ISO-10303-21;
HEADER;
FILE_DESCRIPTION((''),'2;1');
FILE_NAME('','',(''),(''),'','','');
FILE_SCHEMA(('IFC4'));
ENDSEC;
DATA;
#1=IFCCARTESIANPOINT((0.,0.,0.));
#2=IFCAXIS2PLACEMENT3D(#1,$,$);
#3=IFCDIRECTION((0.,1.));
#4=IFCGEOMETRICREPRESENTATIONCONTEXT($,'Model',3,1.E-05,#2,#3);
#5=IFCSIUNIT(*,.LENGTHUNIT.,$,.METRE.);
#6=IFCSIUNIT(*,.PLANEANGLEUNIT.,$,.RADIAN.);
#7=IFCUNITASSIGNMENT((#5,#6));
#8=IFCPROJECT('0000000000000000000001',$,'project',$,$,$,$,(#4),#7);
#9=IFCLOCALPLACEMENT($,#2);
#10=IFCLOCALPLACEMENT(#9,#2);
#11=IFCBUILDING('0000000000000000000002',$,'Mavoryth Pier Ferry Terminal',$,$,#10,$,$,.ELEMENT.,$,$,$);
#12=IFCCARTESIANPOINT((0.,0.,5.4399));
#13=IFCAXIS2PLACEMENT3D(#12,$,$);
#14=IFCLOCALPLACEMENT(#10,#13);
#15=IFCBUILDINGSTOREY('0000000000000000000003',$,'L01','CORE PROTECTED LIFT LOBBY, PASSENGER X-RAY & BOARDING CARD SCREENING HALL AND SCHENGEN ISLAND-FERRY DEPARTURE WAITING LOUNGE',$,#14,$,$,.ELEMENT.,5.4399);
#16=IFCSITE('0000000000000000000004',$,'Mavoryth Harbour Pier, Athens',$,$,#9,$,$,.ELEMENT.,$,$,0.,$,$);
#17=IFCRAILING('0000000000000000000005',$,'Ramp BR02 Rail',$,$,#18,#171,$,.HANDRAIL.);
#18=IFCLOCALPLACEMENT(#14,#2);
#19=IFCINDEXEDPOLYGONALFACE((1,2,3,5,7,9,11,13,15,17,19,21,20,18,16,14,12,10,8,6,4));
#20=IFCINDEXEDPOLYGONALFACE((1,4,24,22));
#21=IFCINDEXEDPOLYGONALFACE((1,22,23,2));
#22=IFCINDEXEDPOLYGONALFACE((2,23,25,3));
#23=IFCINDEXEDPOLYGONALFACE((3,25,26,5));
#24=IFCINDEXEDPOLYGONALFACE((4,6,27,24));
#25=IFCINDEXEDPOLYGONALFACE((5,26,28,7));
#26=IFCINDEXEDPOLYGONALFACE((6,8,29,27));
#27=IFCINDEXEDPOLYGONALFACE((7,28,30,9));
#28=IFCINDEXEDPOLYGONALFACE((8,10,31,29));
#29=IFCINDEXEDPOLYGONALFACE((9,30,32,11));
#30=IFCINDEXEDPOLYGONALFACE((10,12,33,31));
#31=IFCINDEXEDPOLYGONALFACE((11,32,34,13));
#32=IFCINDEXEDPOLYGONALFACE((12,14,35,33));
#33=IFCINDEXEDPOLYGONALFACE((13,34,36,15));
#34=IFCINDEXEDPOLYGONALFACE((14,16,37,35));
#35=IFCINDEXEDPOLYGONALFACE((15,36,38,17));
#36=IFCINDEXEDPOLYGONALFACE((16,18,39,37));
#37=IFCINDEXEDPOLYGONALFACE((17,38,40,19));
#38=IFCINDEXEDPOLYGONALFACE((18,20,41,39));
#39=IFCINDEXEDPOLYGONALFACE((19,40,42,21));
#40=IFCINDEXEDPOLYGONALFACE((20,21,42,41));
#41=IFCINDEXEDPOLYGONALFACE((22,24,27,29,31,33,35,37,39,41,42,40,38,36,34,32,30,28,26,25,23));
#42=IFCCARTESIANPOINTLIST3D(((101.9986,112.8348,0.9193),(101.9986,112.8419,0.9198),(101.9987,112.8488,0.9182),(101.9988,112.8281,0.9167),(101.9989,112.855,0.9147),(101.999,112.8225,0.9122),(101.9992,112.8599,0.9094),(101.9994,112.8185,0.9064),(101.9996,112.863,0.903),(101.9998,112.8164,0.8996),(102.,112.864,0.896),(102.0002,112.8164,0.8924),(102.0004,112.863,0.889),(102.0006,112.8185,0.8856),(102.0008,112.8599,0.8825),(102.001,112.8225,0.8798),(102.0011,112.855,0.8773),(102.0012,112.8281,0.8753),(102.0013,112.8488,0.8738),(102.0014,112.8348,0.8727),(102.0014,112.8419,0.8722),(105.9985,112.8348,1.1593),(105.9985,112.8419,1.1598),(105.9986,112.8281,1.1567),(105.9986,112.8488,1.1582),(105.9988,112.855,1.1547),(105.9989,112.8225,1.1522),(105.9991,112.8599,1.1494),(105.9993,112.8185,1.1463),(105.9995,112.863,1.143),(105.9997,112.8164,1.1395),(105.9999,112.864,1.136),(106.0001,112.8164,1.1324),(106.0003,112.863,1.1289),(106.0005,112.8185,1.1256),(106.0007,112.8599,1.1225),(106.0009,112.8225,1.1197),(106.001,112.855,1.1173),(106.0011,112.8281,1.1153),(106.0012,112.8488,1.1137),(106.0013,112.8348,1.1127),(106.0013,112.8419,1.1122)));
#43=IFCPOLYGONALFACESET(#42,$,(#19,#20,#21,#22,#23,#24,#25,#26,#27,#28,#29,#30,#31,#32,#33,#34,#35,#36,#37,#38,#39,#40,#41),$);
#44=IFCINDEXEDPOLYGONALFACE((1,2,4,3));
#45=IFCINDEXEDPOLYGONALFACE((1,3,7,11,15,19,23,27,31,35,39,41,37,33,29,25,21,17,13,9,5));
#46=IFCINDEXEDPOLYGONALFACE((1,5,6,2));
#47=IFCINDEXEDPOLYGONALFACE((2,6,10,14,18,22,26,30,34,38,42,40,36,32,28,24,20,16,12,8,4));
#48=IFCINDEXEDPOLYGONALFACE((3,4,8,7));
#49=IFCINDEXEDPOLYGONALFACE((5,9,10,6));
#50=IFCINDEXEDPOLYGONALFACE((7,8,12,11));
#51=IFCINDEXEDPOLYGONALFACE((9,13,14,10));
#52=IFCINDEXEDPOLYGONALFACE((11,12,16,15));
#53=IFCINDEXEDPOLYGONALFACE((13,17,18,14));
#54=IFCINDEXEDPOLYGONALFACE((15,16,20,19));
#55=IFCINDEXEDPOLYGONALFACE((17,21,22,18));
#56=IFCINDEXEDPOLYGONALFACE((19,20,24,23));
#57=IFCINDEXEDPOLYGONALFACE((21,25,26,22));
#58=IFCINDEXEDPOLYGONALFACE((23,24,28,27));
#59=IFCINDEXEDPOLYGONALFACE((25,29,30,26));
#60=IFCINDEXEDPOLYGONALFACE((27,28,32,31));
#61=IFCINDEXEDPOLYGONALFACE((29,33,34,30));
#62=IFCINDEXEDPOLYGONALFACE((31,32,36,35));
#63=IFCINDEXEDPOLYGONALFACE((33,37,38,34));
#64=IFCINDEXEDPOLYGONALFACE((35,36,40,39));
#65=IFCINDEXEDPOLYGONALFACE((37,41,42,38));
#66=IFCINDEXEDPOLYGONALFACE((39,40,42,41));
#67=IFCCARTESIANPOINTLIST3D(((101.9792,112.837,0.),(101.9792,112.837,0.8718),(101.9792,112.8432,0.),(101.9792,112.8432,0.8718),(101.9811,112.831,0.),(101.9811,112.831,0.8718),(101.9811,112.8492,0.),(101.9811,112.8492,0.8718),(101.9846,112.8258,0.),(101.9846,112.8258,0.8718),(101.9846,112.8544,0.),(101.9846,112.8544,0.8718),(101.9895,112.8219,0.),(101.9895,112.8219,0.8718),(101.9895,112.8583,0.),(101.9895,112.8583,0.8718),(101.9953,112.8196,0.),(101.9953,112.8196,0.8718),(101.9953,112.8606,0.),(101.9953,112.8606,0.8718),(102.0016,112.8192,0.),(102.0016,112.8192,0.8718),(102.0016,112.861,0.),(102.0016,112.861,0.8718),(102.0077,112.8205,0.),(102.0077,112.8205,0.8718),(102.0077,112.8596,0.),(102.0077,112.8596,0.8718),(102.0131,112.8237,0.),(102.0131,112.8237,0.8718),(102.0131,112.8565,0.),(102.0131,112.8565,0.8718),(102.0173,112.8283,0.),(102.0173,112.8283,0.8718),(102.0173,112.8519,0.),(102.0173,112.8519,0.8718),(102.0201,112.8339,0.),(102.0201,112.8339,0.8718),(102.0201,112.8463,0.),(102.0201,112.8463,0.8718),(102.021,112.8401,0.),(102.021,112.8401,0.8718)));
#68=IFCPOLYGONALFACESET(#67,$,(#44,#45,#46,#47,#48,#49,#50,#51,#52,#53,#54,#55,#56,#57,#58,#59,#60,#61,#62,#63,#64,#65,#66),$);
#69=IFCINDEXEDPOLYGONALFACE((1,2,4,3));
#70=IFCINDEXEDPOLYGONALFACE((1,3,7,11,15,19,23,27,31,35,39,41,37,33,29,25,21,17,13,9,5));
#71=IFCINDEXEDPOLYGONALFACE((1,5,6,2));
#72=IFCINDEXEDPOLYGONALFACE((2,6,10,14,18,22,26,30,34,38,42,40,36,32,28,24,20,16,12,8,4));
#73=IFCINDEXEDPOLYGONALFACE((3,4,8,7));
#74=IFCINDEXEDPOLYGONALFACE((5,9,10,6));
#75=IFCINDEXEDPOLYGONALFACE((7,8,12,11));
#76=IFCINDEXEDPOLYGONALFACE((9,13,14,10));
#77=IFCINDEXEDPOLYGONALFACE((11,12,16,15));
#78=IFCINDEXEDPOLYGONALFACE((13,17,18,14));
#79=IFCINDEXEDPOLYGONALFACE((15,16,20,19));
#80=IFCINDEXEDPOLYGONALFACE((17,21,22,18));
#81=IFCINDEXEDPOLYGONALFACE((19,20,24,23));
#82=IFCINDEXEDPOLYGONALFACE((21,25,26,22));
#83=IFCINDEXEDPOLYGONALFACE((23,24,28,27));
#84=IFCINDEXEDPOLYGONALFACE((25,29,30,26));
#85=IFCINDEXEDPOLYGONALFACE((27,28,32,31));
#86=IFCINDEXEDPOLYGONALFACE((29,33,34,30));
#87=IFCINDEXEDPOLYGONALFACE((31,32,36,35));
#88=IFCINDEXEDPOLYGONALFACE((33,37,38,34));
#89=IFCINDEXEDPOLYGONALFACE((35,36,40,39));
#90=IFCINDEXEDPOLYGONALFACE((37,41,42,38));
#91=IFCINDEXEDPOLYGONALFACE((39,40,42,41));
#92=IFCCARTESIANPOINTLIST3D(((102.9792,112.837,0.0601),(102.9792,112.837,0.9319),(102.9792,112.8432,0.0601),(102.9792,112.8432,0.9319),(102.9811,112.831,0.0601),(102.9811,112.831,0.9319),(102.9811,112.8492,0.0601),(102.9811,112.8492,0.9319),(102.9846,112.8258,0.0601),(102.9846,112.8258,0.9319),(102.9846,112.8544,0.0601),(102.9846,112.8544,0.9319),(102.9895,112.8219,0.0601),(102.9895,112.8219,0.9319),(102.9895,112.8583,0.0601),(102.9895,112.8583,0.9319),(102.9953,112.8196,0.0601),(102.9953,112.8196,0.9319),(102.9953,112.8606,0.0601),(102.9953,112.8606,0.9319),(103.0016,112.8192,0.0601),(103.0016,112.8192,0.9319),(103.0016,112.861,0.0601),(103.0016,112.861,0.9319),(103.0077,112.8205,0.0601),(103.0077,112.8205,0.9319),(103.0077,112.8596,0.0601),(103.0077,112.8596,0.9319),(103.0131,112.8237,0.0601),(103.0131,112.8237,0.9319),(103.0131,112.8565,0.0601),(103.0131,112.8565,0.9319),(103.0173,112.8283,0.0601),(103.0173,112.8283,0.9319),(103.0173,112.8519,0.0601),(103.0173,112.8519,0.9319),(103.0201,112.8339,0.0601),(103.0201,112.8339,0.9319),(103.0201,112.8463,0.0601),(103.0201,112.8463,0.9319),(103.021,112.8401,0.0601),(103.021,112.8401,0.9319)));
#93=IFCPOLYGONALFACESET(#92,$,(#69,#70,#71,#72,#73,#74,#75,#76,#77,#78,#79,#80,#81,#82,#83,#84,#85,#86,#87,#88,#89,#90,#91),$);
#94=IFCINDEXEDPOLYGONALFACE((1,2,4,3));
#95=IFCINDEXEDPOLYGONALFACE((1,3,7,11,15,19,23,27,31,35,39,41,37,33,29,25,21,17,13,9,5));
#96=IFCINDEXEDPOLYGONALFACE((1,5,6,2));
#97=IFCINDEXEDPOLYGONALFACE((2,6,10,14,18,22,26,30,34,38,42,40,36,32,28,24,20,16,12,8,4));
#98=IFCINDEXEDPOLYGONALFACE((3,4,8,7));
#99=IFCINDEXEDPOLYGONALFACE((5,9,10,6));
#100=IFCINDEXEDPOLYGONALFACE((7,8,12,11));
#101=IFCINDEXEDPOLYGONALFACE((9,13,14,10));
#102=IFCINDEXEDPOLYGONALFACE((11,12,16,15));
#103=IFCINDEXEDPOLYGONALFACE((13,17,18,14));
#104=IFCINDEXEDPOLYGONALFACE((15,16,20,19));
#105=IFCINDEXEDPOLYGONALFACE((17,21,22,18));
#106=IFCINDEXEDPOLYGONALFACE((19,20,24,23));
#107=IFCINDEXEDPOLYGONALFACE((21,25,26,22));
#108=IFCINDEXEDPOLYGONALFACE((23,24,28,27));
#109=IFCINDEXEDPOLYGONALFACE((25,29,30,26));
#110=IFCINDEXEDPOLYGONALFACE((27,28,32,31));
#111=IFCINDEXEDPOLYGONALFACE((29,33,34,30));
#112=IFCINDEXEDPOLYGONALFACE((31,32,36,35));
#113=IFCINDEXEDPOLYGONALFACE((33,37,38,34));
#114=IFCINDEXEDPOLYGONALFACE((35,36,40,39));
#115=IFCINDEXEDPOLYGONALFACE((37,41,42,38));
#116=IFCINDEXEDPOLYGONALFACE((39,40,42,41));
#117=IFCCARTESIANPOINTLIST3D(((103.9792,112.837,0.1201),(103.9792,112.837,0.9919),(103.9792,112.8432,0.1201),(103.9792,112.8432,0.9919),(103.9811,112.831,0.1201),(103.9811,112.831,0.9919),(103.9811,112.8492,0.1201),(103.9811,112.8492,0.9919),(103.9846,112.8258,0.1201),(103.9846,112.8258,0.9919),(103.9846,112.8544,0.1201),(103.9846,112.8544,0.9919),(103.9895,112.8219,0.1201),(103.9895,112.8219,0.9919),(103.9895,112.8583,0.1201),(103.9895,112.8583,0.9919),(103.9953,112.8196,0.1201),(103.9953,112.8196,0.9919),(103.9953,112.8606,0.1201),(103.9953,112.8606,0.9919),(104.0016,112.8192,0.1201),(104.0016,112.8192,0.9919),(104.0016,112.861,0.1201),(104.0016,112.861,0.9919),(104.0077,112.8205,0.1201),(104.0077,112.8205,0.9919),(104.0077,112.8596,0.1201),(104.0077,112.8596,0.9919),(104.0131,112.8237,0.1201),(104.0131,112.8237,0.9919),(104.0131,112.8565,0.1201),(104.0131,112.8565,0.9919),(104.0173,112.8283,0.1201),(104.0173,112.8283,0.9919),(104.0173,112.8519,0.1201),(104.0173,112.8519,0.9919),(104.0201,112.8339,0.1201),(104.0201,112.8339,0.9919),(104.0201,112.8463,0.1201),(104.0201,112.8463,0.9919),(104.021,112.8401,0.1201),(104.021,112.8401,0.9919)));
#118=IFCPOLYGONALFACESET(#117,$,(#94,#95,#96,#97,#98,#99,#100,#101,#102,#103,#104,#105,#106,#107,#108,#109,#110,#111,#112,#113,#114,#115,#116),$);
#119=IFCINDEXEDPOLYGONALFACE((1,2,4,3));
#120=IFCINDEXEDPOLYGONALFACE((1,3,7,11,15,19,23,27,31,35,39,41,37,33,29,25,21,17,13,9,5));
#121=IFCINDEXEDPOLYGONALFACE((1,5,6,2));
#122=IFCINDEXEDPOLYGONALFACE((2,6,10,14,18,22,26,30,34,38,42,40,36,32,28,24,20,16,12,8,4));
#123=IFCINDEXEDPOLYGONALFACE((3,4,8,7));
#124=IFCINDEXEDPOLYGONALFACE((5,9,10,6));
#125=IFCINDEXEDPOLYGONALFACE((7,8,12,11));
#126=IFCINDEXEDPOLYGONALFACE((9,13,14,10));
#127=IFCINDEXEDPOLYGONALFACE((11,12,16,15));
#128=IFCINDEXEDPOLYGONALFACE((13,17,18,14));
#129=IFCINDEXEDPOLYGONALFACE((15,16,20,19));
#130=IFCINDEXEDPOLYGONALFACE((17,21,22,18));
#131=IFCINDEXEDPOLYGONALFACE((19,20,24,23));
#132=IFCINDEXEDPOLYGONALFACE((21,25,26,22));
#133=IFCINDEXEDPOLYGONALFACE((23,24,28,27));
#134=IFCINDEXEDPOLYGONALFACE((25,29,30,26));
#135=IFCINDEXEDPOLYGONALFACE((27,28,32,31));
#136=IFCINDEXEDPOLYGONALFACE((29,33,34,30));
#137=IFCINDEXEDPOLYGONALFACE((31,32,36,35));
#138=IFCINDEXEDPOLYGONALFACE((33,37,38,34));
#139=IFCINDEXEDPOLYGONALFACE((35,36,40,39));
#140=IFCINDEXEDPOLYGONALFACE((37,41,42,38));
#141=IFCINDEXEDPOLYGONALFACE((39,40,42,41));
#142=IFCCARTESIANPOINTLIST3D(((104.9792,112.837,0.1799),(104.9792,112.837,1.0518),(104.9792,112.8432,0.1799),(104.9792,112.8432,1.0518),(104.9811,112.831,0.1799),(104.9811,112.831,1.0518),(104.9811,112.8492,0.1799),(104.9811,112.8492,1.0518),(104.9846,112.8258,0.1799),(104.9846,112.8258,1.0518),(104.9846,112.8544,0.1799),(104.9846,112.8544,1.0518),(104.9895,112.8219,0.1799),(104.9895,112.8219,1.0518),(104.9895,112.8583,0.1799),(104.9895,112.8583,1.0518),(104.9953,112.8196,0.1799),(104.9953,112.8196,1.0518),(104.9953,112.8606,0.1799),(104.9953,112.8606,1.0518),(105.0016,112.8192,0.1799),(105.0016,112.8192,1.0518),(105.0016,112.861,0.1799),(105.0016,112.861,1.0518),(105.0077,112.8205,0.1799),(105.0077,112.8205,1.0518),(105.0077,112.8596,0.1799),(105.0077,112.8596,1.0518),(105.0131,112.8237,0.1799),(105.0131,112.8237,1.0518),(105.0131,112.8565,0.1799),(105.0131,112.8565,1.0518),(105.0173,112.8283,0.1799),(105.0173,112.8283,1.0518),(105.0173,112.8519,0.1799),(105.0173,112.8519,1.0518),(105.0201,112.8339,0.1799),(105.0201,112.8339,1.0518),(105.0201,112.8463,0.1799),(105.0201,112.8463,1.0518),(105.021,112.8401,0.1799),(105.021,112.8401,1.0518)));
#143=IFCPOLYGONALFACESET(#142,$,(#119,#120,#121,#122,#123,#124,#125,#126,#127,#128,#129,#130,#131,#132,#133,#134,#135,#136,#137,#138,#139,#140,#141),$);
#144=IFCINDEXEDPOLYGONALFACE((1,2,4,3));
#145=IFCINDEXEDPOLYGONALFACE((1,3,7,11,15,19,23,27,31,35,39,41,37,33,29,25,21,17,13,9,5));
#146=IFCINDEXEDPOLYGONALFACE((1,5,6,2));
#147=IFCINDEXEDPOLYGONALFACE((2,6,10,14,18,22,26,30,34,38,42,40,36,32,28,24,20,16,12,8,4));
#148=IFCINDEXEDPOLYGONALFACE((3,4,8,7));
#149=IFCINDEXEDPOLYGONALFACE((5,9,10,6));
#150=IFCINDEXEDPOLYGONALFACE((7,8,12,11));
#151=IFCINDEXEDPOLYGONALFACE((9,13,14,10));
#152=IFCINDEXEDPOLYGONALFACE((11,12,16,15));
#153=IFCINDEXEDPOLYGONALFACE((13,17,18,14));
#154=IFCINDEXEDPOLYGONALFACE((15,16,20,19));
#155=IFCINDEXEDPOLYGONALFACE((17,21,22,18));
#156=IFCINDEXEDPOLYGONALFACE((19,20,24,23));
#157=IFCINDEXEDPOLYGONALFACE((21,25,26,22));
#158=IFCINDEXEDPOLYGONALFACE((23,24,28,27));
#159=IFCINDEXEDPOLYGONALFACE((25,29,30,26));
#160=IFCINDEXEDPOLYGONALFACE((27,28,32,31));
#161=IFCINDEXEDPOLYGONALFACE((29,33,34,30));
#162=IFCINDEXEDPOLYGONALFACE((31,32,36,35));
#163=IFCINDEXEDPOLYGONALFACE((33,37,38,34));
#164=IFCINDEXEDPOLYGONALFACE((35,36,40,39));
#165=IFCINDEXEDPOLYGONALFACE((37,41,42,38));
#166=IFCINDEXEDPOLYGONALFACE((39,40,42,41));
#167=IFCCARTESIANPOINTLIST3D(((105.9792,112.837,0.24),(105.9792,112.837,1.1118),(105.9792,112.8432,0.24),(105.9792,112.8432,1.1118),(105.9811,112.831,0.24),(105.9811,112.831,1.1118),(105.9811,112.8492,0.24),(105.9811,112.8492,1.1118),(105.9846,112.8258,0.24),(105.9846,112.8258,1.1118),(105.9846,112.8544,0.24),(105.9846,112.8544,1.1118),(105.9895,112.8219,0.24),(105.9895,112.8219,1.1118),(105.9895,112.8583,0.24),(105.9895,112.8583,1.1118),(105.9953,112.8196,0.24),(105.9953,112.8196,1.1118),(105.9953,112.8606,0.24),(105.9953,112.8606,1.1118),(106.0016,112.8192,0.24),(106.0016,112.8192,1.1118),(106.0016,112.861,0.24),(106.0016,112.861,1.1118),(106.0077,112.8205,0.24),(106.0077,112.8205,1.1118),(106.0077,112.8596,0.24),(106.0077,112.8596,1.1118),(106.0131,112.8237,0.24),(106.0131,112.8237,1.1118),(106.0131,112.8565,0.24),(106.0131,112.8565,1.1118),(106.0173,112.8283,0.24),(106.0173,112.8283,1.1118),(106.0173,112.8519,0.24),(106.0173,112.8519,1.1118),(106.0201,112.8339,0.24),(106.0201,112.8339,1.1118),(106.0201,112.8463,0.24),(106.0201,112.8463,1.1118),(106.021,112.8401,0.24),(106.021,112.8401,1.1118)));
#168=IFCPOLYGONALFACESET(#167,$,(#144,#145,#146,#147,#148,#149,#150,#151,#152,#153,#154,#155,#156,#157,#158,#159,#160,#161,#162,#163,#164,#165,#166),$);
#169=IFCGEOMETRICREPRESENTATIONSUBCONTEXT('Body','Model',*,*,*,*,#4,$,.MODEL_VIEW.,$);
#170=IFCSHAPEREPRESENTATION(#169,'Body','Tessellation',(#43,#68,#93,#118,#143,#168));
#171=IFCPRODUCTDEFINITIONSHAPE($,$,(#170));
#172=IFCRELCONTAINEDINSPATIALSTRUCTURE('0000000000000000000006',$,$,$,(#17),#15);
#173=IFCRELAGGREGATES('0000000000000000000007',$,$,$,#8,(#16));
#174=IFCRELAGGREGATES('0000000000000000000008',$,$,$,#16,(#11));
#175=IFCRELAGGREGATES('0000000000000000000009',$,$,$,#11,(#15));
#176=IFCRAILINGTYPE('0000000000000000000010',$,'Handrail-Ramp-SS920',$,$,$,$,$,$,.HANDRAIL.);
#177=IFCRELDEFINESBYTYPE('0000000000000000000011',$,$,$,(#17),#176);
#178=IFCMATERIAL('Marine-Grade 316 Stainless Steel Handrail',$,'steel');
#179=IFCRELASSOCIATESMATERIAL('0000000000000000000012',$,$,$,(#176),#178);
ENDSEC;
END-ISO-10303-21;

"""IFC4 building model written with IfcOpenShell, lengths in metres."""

from ifc_helpers import new_model, si_unit, direction, frame, origin, origin_2d, place, context, subcontext, project, spatial, circle, extrude, material, type_object, element, save


model = new_model("IFC4")

# Units and contexts
model_context = context("Model", 3, precision=1e-05, world=origin(), true_north=direction((0.0, 1.0)))
body_context = subcontext(model_context, "Body", "Model", "MODEL_VIEW")
ifc_project = project(units=[si_unit("LENGTHUNIT", "METRE"), si_unit("PLANEANGLEUNIT", "RADIAN")], contexts=[model_context])

# Site, building, storey
site_placement = place(None, origin())
site = spatial("IfcSite", under=ifc_project, at=site_placement, Name="Mavoryth Harbour Pier, Athens", CompositionType="ELEMENT", RefElevation=0.0)
building_placement = place(site_placement, origin())
building = spatial("IfcBuilding", under=site, at=building_placement, Name="Mavoryth Pier Ferry Terminal", CompositionType="ELEMENT")
storey_placement = place(building_placement, frame((0.0, 0.0, 5.4399)))
storey = spatial("IfcBuildingStorey", under=building, at=storey_placement, Name="L01", Description="CORE PROTECTED LIFT LOBBY, PASSENGER X-RAY & BOARDING CARD SCREENING HALL AND SCHENGEN ISLAND-FERRY DEPARTURE WAITING LOUNGE", CompositionType="ELEMENT", Elevation=5.4399)

# Railing
ifc_material_1 = material(Name="Marine-Grade 316 Stainless Steel Handrail", Category="steel")
railing_type = type_object("IfcRailingType", Name="Handrail-Ramp-SS920", PredefinedType="HANDRAIL", material=ifc_material_1)
for number, where, name in (
    (1, (102.0, 112.8401, 0.0), "Ramp BR02 Rail"),
):
    element("IfcRailing", number, at=place(storey_placement, frame(where)), inside=storey, type_object=railing_type, Name=name, PredefinedType="HANDRAIL", context=body_context, shape_type="SweptSolid", body=[
        extrude(circle(Radius=0.0239, at=origin_2d()), frame((0.0, 0.0, 0.896), z_axis=(0.998205, 0.0, 0.05989), x_axis=(0.0, 1.0, 0.0)), (0.0, 0.0, 1.0), 4.0071),
        extrude(circle(Radius=0.021, at=origin_2d()), origin(), (0.0, 0.0, 1.0), 0.8718),
        extrude(circle(Radius=0.021, at=origin_2d()), frame((1.0, 0.0, 0.0601)), (0.0, 0.0, 1.0), 0.8718),
        extrude(circle(Radius=0.021, at=origin_2d()), frame((2.0, 0.0, 0.1201)), (0.0, 0.0, 1.0), 0.8718),
        extrude(circle(Radius=0.021, at=origin_2d()), frame((3.0, 0.0, 0.1799)), (0.0, 0.0, 1.0), 0.8718),
        extrude(circle(Radius=0.021, at=origin_2d()), frame((4.0, 0.0, 0.24)), (0.0, 0.0, 1.0), 0.8718),
    ])

save(model, "model.ifc")
